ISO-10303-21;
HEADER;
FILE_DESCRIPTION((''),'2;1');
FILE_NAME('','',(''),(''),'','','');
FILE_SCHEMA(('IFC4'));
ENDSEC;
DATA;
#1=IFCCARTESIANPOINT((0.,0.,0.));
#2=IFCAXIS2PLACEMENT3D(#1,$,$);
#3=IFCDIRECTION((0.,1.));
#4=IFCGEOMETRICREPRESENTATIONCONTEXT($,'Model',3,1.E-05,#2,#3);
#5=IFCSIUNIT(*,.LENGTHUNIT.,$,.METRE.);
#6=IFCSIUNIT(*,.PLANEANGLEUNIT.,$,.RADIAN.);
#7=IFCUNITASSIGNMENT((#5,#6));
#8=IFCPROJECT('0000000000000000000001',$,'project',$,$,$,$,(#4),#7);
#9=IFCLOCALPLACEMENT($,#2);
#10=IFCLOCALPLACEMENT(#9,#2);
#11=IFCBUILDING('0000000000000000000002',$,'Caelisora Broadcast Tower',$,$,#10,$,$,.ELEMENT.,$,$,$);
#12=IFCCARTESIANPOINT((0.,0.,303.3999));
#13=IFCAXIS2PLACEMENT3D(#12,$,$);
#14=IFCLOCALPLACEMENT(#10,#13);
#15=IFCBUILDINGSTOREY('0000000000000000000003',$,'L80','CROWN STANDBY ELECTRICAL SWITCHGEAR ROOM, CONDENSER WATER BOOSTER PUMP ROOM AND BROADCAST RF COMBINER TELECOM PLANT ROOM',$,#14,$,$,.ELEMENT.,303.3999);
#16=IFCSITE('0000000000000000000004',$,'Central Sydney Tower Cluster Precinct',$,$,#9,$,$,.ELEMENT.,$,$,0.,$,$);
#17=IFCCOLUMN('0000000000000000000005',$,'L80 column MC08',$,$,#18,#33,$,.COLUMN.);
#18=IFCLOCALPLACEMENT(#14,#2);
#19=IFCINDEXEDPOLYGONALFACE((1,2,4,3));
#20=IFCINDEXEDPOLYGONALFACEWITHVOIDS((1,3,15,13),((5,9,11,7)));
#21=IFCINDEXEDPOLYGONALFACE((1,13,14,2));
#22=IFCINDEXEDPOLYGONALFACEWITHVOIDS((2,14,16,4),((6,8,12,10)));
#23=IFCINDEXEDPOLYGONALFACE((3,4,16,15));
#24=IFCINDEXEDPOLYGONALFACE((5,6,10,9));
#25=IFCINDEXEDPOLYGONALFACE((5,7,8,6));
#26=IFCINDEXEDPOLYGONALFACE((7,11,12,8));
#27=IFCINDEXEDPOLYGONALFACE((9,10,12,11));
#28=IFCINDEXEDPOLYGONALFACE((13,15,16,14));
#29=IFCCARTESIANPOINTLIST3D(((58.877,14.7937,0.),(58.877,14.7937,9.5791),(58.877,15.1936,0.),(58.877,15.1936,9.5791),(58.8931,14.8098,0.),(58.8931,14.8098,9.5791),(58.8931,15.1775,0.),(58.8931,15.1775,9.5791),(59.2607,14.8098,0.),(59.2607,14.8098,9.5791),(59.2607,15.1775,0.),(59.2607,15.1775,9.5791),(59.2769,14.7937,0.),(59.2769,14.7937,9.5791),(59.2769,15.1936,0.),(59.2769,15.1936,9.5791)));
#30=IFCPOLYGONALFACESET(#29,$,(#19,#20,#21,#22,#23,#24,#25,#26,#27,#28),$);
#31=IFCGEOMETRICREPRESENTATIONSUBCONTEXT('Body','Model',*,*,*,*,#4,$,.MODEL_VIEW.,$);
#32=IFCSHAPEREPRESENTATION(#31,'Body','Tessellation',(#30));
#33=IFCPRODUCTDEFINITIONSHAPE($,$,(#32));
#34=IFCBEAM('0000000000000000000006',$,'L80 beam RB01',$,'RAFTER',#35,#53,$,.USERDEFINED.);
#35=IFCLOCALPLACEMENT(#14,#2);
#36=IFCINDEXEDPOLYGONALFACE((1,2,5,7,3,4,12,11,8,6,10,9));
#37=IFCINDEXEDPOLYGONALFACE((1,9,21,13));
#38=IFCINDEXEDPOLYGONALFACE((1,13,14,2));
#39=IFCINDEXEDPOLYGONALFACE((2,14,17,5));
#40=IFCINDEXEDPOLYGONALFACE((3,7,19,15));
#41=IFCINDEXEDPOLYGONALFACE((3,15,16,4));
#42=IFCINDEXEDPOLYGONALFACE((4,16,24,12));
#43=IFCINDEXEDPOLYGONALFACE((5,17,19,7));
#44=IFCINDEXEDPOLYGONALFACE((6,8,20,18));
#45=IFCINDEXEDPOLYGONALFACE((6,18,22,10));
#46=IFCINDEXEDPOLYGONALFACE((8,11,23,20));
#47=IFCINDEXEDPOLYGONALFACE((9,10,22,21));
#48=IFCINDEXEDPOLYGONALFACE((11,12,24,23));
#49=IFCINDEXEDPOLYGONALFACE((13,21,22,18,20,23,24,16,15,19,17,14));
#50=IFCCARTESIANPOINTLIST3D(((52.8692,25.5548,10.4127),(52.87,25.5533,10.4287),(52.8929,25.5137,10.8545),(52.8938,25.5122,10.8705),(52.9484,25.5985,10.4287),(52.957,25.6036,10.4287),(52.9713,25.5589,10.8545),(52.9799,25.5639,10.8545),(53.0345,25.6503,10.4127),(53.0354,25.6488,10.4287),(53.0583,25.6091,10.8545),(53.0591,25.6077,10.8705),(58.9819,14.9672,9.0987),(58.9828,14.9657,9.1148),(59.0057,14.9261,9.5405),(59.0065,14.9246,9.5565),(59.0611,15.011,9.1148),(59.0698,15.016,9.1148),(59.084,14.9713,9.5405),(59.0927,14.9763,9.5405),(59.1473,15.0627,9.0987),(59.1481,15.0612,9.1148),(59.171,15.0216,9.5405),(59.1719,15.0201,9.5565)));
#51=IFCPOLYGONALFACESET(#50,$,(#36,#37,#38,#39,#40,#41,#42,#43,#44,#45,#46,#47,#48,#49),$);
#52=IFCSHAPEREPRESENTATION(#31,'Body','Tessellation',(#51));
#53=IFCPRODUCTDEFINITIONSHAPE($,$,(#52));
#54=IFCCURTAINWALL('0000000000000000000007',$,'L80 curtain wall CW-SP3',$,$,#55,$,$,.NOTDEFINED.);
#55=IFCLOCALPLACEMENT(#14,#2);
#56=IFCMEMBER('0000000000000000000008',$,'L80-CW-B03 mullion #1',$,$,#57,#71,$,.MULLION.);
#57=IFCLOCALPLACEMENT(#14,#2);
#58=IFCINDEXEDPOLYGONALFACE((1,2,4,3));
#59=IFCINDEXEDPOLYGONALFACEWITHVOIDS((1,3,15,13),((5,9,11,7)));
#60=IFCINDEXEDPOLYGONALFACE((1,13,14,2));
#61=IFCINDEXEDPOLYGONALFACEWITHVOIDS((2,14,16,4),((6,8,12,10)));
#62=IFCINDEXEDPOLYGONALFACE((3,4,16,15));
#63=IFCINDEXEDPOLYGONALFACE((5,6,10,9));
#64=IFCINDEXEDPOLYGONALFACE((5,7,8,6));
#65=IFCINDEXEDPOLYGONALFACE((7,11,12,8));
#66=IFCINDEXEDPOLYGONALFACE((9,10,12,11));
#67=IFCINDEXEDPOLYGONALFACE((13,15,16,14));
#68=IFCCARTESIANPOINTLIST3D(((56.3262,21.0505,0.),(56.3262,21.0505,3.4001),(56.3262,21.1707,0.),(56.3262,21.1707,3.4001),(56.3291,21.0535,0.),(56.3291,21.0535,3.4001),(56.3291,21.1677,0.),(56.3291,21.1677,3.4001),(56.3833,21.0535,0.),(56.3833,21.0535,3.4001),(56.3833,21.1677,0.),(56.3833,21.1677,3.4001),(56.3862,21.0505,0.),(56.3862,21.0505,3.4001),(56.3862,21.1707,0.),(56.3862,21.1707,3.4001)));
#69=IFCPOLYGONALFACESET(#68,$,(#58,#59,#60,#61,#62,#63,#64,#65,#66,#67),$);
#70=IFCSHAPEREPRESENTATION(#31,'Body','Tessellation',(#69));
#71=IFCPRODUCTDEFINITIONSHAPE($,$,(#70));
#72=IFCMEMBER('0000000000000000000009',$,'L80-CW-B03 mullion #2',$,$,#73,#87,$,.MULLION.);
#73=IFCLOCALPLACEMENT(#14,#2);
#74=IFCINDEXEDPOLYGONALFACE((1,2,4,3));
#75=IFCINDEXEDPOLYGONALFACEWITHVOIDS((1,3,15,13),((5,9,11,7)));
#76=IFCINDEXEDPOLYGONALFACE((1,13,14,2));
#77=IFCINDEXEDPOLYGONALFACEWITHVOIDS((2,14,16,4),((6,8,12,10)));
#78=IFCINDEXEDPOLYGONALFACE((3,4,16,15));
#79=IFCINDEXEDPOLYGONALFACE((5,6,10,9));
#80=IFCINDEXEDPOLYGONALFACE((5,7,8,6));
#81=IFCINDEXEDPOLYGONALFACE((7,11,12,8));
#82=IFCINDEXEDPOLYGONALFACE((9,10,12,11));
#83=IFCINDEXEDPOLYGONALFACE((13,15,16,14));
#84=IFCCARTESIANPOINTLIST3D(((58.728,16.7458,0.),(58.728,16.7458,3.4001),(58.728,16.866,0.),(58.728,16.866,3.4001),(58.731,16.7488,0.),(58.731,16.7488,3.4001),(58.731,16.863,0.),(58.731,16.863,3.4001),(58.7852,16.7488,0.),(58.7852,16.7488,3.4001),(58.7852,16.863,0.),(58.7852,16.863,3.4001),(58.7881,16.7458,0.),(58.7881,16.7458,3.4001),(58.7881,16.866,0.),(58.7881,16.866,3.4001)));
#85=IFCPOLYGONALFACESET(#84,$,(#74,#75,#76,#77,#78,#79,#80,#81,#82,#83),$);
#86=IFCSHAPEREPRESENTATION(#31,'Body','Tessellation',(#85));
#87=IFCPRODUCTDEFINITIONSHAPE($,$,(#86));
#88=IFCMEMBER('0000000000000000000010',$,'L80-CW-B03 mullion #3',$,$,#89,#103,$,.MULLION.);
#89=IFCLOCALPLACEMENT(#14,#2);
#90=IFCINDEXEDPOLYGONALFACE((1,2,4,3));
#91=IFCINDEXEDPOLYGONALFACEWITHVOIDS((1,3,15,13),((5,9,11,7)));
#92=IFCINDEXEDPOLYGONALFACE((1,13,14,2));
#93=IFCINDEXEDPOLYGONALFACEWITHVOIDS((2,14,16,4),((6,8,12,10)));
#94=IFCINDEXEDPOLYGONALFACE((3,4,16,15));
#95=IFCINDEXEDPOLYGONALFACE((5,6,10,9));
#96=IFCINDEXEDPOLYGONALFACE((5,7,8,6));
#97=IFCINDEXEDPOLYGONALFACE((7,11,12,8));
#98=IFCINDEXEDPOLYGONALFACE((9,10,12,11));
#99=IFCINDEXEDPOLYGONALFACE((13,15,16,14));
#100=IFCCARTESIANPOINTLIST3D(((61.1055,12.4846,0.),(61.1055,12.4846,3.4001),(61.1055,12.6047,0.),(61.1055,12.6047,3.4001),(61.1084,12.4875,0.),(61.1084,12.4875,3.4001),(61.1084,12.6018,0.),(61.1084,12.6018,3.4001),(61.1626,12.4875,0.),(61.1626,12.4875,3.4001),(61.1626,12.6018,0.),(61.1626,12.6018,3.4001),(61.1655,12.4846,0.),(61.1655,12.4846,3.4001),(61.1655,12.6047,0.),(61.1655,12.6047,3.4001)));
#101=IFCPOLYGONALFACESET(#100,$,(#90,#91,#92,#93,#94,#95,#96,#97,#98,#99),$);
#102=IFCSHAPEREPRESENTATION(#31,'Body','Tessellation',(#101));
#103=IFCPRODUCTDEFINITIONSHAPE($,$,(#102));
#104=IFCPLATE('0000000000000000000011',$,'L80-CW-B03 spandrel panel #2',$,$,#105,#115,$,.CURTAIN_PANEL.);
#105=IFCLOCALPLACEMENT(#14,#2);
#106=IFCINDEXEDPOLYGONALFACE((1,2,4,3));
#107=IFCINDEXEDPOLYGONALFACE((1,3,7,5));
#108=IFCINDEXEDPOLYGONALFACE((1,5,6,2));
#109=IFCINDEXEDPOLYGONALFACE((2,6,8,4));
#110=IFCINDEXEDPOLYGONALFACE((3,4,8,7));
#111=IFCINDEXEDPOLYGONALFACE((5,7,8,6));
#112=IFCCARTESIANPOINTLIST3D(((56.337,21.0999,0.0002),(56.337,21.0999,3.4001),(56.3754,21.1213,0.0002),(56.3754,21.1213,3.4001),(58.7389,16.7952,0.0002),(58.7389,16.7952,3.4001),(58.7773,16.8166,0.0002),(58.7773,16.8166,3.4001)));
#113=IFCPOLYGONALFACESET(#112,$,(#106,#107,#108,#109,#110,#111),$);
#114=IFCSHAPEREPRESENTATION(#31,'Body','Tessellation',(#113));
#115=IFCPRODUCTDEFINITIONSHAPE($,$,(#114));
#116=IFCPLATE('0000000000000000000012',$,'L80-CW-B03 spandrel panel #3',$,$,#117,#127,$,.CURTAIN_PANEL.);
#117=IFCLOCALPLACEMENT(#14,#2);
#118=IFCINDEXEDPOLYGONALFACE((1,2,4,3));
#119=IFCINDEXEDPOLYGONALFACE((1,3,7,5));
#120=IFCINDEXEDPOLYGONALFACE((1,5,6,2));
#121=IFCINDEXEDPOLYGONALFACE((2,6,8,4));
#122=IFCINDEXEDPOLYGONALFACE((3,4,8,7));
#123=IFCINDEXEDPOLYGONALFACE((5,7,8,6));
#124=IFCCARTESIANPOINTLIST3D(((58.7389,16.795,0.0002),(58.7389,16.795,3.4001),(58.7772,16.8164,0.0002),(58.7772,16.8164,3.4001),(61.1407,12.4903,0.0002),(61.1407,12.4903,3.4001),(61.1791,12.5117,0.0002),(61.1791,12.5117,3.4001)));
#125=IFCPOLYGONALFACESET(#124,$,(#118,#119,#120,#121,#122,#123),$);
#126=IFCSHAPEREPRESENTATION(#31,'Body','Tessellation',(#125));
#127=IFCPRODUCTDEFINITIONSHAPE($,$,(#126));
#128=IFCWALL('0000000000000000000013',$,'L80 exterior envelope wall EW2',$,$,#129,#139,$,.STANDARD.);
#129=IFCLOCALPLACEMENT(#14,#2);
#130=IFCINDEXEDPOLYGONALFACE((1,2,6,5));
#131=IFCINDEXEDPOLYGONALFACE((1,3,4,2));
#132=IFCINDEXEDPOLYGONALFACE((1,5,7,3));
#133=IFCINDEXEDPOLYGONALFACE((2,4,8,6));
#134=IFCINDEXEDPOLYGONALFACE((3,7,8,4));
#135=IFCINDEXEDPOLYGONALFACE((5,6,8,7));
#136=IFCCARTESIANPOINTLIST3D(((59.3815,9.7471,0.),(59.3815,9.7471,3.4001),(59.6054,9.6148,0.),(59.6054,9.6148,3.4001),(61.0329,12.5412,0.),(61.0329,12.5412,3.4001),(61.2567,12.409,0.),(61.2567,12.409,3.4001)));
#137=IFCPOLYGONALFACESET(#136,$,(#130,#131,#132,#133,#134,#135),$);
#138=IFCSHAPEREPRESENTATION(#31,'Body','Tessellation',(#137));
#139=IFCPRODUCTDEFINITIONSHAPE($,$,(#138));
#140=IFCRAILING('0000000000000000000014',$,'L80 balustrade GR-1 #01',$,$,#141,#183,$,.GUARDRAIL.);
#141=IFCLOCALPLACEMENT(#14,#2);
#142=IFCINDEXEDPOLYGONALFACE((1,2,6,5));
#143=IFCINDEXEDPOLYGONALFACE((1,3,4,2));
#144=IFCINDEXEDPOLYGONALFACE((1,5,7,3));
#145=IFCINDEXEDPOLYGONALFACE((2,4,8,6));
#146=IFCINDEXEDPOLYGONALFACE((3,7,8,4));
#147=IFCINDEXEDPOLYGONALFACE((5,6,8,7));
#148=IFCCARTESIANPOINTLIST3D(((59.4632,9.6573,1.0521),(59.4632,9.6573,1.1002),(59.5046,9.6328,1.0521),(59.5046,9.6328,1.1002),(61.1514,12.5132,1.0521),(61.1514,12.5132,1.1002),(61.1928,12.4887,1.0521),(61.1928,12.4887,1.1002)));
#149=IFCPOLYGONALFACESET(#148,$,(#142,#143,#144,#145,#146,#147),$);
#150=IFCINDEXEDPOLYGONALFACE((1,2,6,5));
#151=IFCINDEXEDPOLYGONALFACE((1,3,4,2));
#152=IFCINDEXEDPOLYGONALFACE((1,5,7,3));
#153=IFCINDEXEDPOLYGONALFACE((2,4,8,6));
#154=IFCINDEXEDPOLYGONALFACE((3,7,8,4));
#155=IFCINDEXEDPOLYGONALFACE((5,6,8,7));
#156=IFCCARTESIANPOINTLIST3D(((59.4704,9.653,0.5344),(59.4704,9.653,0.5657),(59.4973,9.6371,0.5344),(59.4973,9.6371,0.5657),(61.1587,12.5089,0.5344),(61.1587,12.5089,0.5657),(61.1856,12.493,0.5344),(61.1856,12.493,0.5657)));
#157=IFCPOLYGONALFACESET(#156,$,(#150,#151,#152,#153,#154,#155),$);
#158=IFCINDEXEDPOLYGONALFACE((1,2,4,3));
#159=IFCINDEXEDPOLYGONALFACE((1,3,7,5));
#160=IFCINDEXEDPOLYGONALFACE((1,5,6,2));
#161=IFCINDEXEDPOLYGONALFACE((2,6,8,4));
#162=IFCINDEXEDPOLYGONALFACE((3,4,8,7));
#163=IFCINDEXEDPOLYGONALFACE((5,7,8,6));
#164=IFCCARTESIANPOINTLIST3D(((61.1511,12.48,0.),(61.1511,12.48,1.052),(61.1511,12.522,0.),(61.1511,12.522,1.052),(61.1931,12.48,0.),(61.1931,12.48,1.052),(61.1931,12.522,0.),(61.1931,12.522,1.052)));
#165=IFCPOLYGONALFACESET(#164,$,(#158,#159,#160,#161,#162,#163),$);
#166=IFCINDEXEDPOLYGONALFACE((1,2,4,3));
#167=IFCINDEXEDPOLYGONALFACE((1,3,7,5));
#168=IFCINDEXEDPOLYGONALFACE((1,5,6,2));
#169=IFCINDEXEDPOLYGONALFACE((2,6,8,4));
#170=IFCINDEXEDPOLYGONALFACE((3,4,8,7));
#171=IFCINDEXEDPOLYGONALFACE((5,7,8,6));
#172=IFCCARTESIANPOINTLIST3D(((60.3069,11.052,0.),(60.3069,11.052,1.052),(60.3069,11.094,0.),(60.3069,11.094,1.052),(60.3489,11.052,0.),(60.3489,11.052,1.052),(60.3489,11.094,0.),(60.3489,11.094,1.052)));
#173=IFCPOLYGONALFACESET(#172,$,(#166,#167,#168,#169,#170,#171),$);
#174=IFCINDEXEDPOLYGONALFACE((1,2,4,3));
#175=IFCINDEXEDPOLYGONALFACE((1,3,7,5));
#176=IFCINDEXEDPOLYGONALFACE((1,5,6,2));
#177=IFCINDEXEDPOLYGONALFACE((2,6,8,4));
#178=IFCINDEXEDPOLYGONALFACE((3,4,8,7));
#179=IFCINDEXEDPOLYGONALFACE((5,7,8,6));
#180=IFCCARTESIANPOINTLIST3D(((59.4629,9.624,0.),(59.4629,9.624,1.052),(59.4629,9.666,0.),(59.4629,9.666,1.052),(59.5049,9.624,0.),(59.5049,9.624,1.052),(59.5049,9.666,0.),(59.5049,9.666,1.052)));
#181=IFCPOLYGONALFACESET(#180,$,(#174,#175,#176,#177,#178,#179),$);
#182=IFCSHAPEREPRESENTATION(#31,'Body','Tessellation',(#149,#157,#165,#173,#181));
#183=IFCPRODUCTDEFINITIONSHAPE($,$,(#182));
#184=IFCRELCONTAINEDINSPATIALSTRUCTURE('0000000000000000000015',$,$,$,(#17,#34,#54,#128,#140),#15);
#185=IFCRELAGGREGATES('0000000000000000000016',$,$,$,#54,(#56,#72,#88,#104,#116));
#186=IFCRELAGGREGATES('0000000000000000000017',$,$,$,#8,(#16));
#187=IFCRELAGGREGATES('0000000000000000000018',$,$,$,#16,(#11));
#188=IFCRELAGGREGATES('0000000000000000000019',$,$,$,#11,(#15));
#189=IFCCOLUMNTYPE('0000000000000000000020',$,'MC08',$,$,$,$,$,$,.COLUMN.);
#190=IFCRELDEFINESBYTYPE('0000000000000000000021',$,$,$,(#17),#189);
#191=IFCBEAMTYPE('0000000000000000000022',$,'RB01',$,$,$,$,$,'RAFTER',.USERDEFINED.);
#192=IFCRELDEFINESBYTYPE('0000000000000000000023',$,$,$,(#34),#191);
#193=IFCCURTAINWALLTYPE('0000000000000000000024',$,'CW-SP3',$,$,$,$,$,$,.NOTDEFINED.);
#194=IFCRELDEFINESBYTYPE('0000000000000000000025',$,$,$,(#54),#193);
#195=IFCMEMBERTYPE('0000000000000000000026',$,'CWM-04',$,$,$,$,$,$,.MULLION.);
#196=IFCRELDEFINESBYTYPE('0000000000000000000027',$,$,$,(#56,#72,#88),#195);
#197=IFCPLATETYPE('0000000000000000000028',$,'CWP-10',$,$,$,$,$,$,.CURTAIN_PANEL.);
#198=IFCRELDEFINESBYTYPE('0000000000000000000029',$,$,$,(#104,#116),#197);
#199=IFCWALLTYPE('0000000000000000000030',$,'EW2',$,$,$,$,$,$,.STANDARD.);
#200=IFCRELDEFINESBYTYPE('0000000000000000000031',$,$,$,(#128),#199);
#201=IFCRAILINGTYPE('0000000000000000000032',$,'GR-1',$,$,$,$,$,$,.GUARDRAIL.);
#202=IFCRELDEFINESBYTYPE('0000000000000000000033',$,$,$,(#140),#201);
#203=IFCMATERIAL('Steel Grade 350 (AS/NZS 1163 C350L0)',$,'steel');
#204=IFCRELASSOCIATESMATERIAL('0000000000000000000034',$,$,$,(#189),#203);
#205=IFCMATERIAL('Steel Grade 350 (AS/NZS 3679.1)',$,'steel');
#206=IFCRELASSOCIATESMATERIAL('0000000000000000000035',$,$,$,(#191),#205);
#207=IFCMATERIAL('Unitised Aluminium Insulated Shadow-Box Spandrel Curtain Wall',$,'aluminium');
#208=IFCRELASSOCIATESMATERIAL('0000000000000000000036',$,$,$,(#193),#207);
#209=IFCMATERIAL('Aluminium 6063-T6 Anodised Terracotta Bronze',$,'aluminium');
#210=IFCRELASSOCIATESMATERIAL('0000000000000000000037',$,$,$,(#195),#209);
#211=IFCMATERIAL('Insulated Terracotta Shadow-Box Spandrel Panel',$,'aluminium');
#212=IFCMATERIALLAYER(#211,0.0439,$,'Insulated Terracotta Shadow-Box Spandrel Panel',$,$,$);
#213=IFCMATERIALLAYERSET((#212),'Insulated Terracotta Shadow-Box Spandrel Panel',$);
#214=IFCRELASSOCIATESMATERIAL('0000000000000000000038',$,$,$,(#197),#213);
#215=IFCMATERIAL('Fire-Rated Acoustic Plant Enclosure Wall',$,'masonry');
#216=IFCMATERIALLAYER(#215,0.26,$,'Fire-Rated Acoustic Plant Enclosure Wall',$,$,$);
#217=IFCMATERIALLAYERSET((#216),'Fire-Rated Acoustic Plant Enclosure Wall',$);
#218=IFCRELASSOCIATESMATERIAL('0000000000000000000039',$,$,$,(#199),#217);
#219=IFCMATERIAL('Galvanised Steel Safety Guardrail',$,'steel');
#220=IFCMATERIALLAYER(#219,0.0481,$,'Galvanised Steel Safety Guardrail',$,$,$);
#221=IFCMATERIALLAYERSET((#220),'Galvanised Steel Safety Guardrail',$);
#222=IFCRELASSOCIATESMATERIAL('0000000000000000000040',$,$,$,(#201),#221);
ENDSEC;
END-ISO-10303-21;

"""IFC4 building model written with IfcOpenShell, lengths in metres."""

from ifc_helpers import new_model, si_unit, direction, frame, frame_2d, origin, origin_2d, place, context, subcontext, project, spatial, rectangle, hollow_rectangle, i_section, extrude, source, transform, mapped, material, layer, layer_set, material_profile, profile_set, type_object, type_shapes, element, aggregate, save


model = new_model("IFC4")

# Units and contexts
model_context = context("Model", 3, precision=1e-05, world=origin(), true_north=direction((0.0, 1.0)))
body_context = subcontext(model_context, "Body", "Model", "MODEL_VIEW")
ifc_project = project(units=[si_unit("LENGTHUNIT", "METRE"), si_unit("PLANEANGLEUNIT", "RADIAN")], contexts=[model_context])

# Site, building, storey
site_placement = place(None, origin())
site = spatial("IfcSite", under=ifc_project, at=site_placement, Name="Central Sydney Tower Cluster Precinct", CompositionType="ELEMENT", RefElevation=0.0)
building_placement = place(site_placement, origin())
building = spatial("IfcBuilding", under=site, at=building_placement, Name="Caelisora Broadcast Tower", CompositionType="ELEMENT")
storey_placement = place(building_placement, frame((0.0, 0.0, 303.3999)))
storey = spatial("IfcBuildingStorey", under=building, at=storey_placement, Name="L80", Description="CROWN STANDBY ELECTRICAL SWITCHGEAR ROOM, CONDENSER WATER BOOSTER PUMP ROOM AND BROADCAST RF COMBINER TELECOM PLANT ROOM", CompositionType="ELEMENT", Elevation=303.3999)

# Column
ifc_material_1 = material(Name="Steel Grade 350 (AS/NZS 1163 C350L0)", Category="steel")
ifc_material_profile_1 = material_profile(ifc_material_1, hollow_rectangle(XDim=0.3999, YDim=0.3999, WallThickness=0.0161, at=origin_2d()), Name="Steel Grade 350 (AS/NZS 1163 C350L0)")
ifc_profile_set_1 = profile_set([ifc_material_profile_1], Name="Steel Grade 350 (AS/NZS 1163 C350L0)")
column_type = type_object("IfcColumnType", Name="MC08", PredefinedType="COLUMN", material=ifc_profile_set_1)
shared_shape_1 = source(origin(), body_context, "Body", "SweptSolid", [
    extrude(hollow_rectangle(XDim=0.3999, YDim=0.3999, WallThickness=0.0161, at=origin_2d()), origin(), (0.0, 0.0, 1.0), 9.5791),
])
type_shapes(column_type, [shared_shape_1])
column_placement = place(storey_placement, frame((59.0769, 14.9937, 0.0), z_axis=(0.0, 0.0, 1.0), x_axis=(1.0, 0.0, 0.0)))
element("IfcColumn", 1, at=column_placement, inside=storey, type_object=column_type, Name="L80 column MC08", PredefinedType="COLUMN", context=body_context, shape_type="MappedRepresentation", body=[
    mapped(shared_shape_1, transform((0.0, 0.0, 0.0), scale=1.0)),
])

# Beam
ifc_material_2 = material(Name="Steel Grade 350 (AS/NZS 3679.1)", Category="steel")
ifc_material_profile_2 = material_profile(ifc_material_2, i_section(OverallWidth=0.1909, OverallDepth=0.4604, WebThickness=0.01, FlangeThickness=0.0161, at=origin_2d()), Name="Steel Grade 350 (AS/NZS 3679.1)")
ifc_profile_set_2 = profile_set([ifc_material_profile_2], Name="Steel Grade 350 (AS/NZS 3679.1)")
beam_type = type_object("IfcBeamType", Name="RB01", ElementType="RAFTER", PredefinedType="USERDEFINED", material=ifc_profile_set_2)
shared_shape_2 = source(origin(), body_context, "Body", "SweptSolid", [
    extrude(i_section(OverallWidth=0.1909, OverallDepth=0.4604, WebThickness=0.01, FlangeThickness=0.0161, at=origin_2d()), origin(), (0.0, 0.0, 1.0), 12.2959),
])
type_shapes(beam_type, [shared_shape_2])
beam_placement = place(storey_placement, frame((59.0769, 14.9937, 9.3276), z_axis=(-0.497138, 0.861066, 0.106861), x_axis=(-0.866025, -0.500001, 0.0)))
element("IfcBeam", 2, at=beam_placement, inside=storey, type_object=beam_type, Name="L80 beam RB01", ObjectType="RAFTER", PredefinedType="USERDEFINED", context=body_context, shape_type="MappedRepresentation", body=[
    mapped(shared_shape_2, transform((0.0, 0.0, 0.0), scale=1.0)),
])

# Curtain wall, members, plates
ifc_material_3 = material(Name="Unitised Aluminium Insulated Shadow-Box Spandrel Curtain Wall", Category="aluminium")
curtain_wall_type = type_object("IfcCurtainWallType", Name="CW-SP3", PredefinedType="NOTDEFINED", material=ifc_material_3)
curtain_wall_placement = place(storey_placement, origin())
curtain_wall = element("IfcCurtainWall", 3, at=curtain_wall_placement, inside=storey, type_object=curtain_wall_type, Name="L80 curtain wall CW-SP3", PredefinedType="NOTDEFINED")
ifc_material_4 = material(Name="Aluminium 6063-T6 Anodised Terracotta Bronze", Category="aluminium")
ifc_material_profile_3 = material_profile(ifc_material_4, hollow_rectangle(XDim=0.0601, YDim=0.1201, WallThickness=0.0029, at=origin_2d()), Name="Aluminium 6063-T6 Anodised Terracotta Bronze")
ifc_profile_set_3 = profile_set([ifc_material_profile_3], Name="Aluminium 6063-T6 Anodised Terracotta Bronze")
member_type = type_object("IfcMemberType", Name="CWM-04", PredefinedType="MULLION", material=ifc_profile_set_3)
shared_shape_3 = source(origin(), body_context, "Body", "SweptSolid", [
    extrude(hollow_rectangle(XDim=0.0601, YDim=0.1201, WallThickness=0.0029, at=origin_2d()), origin(), (0.0, 0.0, 1.0), 3.4001),
])
type_shapes(member_type, [shared_shape_3])
member_1_placement = place(storey_placement, frame((56.3562, 21.1106, 0.0), z_axis=(0.0, 0.0, 1.0), x_axis=(1.0, 0.0, 0.0)))
member_1 = element("IfcMember", 4, at=member_1_placement, type_object=member_type, Name="L80-CW-B03 mullion #1", PredefinedType="MULLION", context=body_context, shape_type="MappedRepresentation", body=[
    mapped(shared_shape_3, transform((0.0, 0.0, 0.0), scale=1.0)),
])
member_2_placement = place(storey_placement, frame((58.7581, 16.8059, 0.0), z_axis=(0.0, 0.0, 1.0), x_axis=(1.0, 0.0, 0.0)))
member_2 = element("IfcMember", 5, at=member_2_placement, type_object=member_type, Name="L80-CW-B03 mullion #2", PredefinedType="MULLION", context=body_context, shape_type="MappedRepresentation", body=[
    mapped(shared_shape_3, transform((0.0, 0.0, 0.0), scale=1.0)),
])
member_3_placement = place(storey_placement, frame((61.1355, 12.5447, 0.0), z_axis=(0.0, 0.0, 1.0), x_axis=(1.0, 0.0, 0.0)))
member_3 = element("IfcMember", 6, at=member_3_placement, type_object=member_type, Name="L80-CW-B03 mullion #3", PredefinedType="MULLION", context=body_context, shape_type="MappedRepresentation", body=[
    mapped(shared_shape_3, transform((0.0, 0.0, 0.0), scale=1.0)),
])
ifc_material_5 = material(Name="Insulated Terracotta Shadow-Box Spandrel Panel", Category="aluminium")
ifc_layer_1 = layer(ifc_material_5, 0.0439, Name="Insulated Terracotta Shadow-Box Spandrel Panel")
ifc_layer_set_1 = layer_set([ifc_layer_1], Name="Insulated Terracotta Shadow-Box Spandrel Panel")
plate_type = type_object("IfcPlateType", Name="CWP-10", PredefinedType="CURTAIN_PANEL", material=ifc_layer_set_1)
shared_shape_4 = source(origin(), body_context, "Body", "SweptSolid", [
    extrude(rectangle(XDim=4.9294, YDim=0.0439, at=origin_2d()), origin(), (0.0, 0.0, 1.0), 3.3999),
])
type_shapes(plate_type, [shared_shape_4])
plate_1_placement = place(storey_placement, frame((57.5571, 18.9583, 0.0002), z_axis=(0.0, 0.0, 1.0), x_axis=(0.48725, -0.873262, 0.0)))
plate_1 = element("IfcPlate", 7, at=plate_1_placement, type_object=plate_type, Name="L80-CW-B03 spandrel panel #2", PredefinedType="CURTAIN_PANEL", context=body_context, shape_type="MappedRepresentation", body=[
    mapped(shared_shape_4, transform((0.0, 0.0, 0.0), scale=1.0)),
])
plate_2_placement = place(storey_placement, frame((59.959, 14.6533, 0.0002), z_axis=(0.0, 0.0, 1.0), x_axis=(0.48725, -0.873262, 0.0)))
plate_2 = element("IfcPlate", 8, at=plate_2_placement, type_object=plate_type, Name="L80-CW-B03 spandrel panel #3", PredefinedType="CURTAIN_PANEL", context=body_context, shape_type="MappedRepresentation", body=[
    mapped(shared_shape_4, transform((0.0, 0.0, 0.0), scale=1.0)),
])
aggregate(curtain_wall, [member_1, member_2, member_3, plate_1, plate_2])

# Wall
ifc_material_6 = material(Name="Fire-Rated Acoustic Plant Enclosure Wall", Category="masonry")
ifc_layer_2 = layer(ifc_material_6, 0.26, Name="Fire-Rated Acoustic Plant Enclosure Wall")
ifc_layer_set_2 = layer_set([ifc_layer_2], Name="Fire-Rated Acoustic Plant Enclosure Wall")
wall_type = type_object("IfcWallType", Name="EW2", PredefinedType="STANDARD", material=ifc_layer_set_2)
wall_placement = place(storey_placement, frame((61.1448, 12.4751, 0.0), z_axis=(0.0, 0.0, 1.0), x_axis=(-0.508788, -0.860892, 0.0)))
element("IfcWall", 9, at=wall_placement, inside=storey, type_object=wall_type, Name="L80 exterior envelope wall EW2", PredefinedType="STANDARD", context=body_context, shape_type="SweptSolid", body=[
    extrude(rectangle(XDim=3.2456, YDim=0.26, at=frame_2d((1.6228, 0.0))), origin(), (0.0, 0.0, 1.0), 3.4001),
])

# Railing
ifc_material_7 = material(Name="Galvanised Steel Safety Guardrail", Category="steel")
ifc_layer_3 = layer(ifc_material_7, 0.0481, Name="Galvanised Steel Safety Guardrail")
ifc_layer_set_3 = layer_set([ifc_layer_3], Name="Galvanised Steel Safety Guardrail")
railing_type = type_object("IfcRailingType", Name="GR-1", PredefinedType="GUARDRAIL", material=ifc_layer_set_3)
railing_placement = place(storey_placement, frame((61.1721, 12.501, 0.0)))
element("IfcRailing", 10, at=railing_placement, inside=storey, type_object=railing_type, Name="L80 balustrade GR-1 #01", PredefinedType="GUARDRAIL", context=body_context, shape_type="SweptSolid", body=[
    extrude(rectangle(XDim=0.0481, YDim=0.0481, at=origin_2d()), frame((0.0, 0.0, 1.0762), z_axis=(-0.508868, -0.860844, 0.0), x_axis=(0.860844, -0.508868, 0.0)), (0.0, 0.0, 1.0), 3.3176),
    extrude(rectangle(XDim=0.0312, YDim=0.0312, at=origin_2d()), frame((0.0, 0.0, 0.55), z_axis=(-0.508868, -0.860844, 0.0), x_axis=(0.860844, -0.508868, 0.0)), (0.0, 0.0, 1.0), 3.3176),
    extrude(rectangle(XDim=0.042, YDim=0.042, at=origin_2d()), origin(), (0.0, 0.0, 1.0), 1.052),
    extrude(rectangle(XDim=0.042, YDim=0.042, at=origin_2d()), frame((-0.8442, -1.428, 0.0)), (0.0, 0.0, 1.0), 1.052),
    extrude(rectangle(XDim=0.042, YDim=0.042, at=origin_2d()), frame((-1.6882, -2.856, 0.0)), (0.0, 0.0, 1.0), 1.052),
])

save(model, "model.ifc")
